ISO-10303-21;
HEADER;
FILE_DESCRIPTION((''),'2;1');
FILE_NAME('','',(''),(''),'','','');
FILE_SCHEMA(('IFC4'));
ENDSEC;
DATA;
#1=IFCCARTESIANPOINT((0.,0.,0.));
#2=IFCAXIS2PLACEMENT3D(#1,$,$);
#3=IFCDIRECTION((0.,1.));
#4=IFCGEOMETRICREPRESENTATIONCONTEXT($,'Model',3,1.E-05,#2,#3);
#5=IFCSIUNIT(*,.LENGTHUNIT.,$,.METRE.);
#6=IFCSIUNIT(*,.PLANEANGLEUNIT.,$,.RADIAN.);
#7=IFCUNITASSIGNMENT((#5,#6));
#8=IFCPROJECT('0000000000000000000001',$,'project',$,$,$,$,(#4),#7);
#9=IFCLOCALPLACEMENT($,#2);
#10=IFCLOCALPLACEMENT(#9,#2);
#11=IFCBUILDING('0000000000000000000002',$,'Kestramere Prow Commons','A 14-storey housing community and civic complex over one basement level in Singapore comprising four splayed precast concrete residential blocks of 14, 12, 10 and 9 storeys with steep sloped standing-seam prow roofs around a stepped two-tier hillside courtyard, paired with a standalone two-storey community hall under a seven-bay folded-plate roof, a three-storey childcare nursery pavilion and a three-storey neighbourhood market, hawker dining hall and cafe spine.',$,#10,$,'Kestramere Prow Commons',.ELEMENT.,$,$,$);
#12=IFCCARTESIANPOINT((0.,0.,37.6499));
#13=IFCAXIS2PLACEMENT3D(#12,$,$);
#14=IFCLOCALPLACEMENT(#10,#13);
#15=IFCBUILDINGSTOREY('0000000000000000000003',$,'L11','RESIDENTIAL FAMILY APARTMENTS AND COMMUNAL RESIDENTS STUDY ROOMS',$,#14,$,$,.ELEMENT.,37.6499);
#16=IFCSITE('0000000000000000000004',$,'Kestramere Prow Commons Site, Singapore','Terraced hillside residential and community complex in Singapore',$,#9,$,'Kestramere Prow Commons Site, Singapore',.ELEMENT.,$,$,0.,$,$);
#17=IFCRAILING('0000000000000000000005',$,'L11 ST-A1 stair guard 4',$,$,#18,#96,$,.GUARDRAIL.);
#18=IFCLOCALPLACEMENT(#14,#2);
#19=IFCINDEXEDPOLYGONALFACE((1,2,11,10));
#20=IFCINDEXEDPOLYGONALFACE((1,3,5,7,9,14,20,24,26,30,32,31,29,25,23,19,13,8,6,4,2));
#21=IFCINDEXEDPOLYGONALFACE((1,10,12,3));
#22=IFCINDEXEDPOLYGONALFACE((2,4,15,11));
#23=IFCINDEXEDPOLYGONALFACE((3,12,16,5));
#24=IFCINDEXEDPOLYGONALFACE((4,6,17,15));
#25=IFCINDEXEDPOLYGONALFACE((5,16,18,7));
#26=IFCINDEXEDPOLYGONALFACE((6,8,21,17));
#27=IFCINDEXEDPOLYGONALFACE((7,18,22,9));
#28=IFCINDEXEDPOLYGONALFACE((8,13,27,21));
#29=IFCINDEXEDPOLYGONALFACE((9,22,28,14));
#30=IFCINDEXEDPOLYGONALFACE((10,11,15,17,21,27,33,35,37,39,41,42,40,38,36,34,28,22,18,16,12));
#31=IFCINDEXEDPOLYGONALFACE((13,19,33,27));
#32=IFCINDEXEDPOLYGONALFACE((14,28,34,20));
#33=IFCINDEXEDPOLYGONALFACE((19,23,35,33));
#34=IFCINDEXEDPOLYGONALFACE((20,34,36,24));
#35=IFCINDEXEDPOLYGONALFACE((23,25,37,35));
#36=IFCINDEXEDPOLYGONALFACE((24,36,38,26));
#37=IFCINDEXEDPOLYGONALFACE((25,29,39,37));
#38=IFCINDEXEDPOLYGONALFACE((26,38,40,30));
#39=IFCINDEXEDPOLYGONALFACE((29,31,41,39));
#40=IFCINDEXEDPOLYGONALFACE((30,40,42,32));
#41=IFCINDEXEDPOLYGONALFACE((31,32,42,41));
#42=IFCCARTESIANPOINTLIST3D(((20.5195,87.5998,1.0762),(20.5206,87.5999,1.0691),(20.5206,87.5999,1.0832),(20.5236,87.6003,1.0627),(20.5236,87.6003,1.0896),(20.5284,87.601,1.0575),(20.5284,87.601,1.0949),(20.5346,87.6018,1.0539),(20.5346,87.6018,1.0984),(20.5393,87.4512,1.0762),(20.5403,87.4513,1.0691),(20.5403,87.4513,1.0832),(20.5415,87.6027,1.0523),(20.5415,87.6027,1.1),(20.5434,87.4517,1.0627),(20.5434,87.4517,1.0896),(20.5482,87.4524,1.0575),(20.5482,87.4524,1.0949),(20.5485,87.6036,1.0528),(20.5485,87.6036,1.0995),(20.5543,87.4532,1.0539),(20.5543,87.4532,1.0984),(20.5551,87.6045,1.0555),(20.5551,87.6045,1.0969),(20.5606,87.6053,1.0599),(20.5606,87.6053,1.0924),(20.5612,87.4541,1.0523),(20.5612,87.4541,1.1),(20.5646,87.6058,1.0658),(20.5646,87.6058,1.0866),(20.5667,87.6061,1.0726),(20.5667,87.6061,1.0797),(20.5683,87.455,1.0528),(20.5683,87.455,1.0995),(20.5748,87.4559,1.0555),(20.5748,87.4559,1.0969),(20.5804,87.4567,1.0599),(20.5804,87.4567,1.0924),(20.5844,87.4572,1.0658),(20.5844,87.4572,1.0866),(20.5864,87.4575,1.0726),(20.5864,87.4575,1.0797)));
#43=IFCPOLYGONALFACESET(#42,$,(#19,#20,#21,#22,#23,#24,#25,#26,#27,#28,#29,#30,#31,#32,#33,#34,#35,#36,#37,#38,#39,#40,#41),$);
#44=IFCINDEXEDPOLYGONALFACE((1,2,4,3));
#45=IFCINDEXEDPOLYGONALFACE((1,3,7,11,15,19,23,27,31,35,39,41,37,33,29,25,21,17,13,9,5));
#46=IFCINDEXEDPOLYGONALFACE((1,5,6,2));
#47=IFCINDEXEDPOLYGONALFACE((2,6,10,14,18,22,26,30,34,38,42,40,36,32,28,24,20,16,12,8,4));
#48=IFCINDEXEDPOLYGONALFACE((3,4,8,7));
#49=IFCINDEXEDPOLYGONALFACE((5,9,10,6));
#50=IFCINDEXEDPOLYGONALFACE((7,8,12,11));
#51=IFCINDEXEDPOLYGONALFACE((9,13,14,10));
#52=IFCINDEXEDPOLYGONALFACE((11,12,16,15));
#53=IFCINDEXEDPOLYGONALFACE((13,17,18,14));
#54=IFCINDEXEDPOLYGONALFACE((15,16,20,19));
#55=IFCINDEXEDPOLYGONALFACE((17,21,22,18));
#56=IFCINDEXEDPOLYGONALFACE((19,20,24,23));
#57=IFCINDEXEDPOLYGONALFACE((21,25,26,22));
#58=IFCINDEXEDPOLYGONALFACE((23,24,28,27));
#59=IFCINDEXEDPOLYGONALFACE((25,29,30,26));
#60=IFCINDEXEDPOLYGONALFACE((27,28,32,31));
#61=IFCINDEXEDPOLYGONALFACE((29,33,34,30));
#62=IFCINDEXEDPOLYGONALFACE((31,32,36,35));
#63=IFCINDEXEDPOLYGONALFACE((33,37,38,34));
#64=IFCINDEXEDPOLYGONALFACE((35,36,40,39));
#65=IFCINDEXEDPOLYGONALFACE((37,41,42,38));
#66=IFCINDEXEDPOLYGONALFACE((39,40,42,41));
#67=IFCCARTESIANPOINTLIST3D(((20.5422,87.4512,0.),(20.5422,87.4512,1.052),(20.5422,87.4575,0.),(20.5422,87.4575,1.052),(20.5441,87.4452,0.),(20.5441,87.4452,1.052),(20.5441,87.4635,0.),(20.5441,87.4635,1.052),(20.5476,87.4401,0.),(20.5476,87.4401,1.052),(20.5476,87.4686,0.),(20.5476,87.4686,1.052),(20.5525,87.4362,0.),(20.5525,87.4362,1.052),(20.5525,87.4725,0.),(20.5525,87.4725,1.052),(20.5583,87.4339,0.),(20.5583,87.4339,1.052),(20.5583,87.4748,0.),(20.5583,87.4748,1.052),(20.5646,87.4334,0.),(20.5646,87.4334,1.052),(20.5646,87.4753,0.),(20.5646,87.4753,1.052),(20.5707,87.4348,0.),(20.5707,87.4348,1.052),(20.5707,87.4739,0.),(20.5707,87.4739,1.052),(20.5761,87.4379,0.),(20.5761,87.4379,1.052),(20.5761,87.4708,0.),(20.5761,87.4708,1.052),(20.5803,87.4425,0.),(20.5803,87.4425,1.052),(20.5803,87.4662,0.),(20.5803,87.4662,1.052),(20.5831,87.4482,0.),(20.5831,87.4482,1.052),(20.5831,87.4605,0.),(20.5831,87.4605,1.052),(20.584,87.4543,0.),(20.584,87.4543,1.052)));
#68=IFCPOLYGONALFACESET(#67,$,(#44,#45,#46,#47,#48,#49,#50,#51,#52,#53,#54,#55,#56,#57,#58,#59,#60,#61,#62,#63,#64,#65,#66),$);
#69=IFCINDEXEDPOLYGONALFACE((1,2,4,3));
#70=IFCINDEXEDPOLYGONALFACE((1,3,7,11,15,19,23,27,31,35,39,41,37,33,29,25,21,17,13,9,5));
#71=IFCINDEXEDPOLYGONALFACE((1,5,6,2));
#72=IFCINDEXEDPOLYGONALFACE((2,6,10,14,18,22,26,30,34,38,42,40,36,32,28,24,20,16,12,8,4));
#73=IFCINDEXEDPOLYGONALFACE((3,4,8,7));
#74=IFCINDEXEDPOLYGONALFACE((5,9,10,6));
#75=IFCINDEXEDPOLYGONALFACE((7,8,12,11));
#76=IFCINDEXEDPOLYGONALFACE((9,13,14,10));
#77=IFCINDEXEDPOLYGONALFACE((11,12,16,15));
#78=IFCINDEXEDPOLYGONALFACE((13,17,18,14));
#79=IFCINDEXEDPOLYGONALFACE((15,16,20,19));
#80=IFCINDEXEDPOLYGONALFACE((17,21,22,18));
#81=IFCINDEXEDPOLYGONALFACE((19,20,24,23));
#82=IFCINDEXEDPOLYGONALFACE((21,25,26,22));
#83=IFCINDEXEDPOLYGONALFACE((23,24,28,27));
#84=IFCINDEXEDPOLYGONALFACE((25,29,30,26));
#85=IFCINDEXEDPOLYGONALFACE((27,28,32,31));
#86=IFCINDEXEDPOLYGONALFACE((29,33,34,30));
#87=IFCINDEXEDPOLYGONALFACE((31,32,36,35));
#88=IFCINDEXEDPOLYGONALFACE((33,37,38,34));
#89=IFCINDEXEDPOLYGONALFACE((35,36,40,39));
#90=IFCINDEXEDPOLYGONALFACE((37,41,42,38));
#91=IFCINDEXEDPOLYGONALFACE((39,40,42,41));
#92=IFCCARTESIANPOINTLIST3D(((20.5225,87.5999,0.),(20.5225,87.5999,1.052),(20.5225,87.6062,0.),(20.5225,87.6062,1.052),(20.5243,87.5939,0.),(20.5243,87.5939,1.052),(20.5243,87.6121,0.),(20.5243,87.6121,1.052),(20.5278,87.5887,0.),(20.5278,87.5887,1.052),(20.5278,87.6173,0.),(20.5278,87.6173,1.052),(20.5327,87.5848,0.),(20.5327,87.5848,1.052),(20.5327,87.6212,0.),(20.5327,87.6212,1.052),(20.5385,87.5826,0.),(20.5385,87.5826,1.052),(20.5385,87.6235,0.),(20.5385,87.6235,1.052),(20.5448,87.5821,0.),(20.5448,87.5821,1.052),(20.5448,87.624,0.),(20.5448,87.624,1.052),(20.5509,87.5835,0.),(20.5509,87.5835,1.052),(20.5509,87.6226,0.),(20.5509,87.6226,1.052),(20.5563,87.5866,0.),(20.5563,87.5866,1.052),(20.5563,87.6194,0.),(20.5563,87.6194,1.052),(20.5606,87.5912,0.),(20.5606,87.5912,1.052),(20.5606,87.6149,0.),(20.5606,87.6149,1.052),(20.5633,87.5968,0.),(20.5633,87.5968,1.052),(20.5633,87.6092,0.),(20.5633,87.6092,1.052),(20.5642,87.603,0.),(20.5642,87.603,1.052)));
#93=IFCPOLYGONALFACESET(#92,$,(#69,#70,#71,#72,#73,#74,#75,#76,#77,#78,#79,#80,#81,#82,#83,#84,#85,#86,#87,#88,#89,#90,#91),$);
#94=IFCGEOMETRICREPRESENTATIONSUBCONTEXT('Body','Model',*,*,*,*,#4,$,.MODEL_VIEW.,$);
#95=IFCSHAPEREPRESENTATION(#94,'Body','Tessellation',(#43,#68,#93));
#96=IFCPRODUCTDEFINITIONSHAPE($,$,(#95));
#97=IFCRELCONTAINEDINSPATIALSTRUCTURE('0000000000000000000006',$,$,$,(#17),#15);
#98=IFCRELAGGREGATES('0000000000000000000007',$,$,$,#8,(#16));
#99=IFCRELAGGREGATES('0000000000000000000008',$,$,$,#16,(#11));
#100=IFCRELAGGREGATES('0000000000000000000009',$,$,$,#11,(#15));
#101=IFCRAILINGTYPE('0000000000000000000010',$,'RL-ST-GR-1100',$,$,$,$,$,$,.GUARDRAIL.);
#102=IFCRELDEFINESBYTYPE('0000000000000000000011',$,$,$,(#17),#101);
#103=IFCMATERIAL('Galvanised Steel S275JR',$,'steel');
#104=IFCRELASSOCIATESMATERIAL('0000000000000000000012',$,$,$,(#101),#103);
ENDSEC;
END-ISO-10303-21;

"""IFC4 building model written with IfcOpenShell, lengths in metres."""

from ifc_helpers import new_model, si_unit, direction, frame, origin, origin_2d, place, context, subcontext, project, spatial, circle, extrude, material, type_object, element, save


model = new_model("IFC4")

# Units and contexts
model_context = context("Model", 3, precision=1e-05, world=origin(), true_north=direction((0.0, 1.0)))
body_context = subcontext(model_context, "Body", "Model", "MODEL_VIEW")
ifc_project = project(units=[si_unit("LENGTHUNIT", "METRE"), si_unit("PLANEANGLEUNIT", "RADIAN")], contexts=[model_context])

# Site, building, storey
site_placement = place(None, origin())
site = spatial("IfcSite", under=ifc_project, at=site_placement, Name="Kestramere Prow Commons Site, Singapore", Description="Terraced hillside residential and community complex in Singapore", LongName="Kestramere Prow Commons Site, Singapore", CompositionType="ELEMENT", RefElevation=0.0)
building_placement = place(site_placement, origin())
building = spatial("IfcBuilding", under=site, at=building_placement, Name="Kestramere Prow Commons", Description="A 14-storey housing community and civic complex over one basement level in Singapore comprising four splayed precast concrete residential blocks of 14, 12, 10 and 9 storeys with steep sloped standing-seam prow roofs around a stepped two-tier hillside courtyard, paired with a standalone two-storey community hall under a seven-bay folded-plate roof, a three-storey childcare nursery pavilion and a three-storey neighbourhood market, hawker dining hall and cafe spine.", LongName="Kestramere Prow Commons", CompositionType="ELEMENT")
storey_placement = place(building_placement, frame((0.0, 0.0, 37.6499)))
storey = spatial("IfcBuildingStorey", under=building, at=storey_placement, Name="L11", Description="RESIDENTIAL FAMILY APARTMENTS AND COMMUNAL RESIDENTS STUDY ROOMS", CompositionType="ELEMENT", Elevation=37.6499)

# Railing
ifc_material_1 = material(Name="Galvanised Steel S275JR", Category="steel")
railing_type_1 = type_object("IfcRailingType", Name="RL-ST-GR-1100", PredefinedType="GUARDRAIL", material=ifc_material_1)
railing_1_placement = place(storey_placement, frame((20.563, 87.4543, 0.0)))
element("IfcRailing", 1, at=railing_1_placement, inside=storey, type_object=railing_type_1, Name="L11 ST-A1 stair guard 4", PredefinedType="GUARDRAIL", context=body_context, shape_type="SweptSolid", body=[
    extrude(circle(Radius=0.0239, at=origin_2d()), frame((0.0, 0.0, 1.0762), z_axis=(-0.131844, 0.99127, 0.0), x_axis=(-0.99127, -0.131844, 0.0)), (0.0, 0.0, 1.0), 0.1499),
    extrude(circle(Radius=0.021, at=origin_2d()), origin(), (0.0, 0.0, 1.0), 1.052),
    extrude(circle(Radius=0.021, at=origin_2d()), frame((-0.0198, 0.1487, 0.0)), (0.0, 0.0, 1.0), 1.052),
])

save(model, "model.ifc")
